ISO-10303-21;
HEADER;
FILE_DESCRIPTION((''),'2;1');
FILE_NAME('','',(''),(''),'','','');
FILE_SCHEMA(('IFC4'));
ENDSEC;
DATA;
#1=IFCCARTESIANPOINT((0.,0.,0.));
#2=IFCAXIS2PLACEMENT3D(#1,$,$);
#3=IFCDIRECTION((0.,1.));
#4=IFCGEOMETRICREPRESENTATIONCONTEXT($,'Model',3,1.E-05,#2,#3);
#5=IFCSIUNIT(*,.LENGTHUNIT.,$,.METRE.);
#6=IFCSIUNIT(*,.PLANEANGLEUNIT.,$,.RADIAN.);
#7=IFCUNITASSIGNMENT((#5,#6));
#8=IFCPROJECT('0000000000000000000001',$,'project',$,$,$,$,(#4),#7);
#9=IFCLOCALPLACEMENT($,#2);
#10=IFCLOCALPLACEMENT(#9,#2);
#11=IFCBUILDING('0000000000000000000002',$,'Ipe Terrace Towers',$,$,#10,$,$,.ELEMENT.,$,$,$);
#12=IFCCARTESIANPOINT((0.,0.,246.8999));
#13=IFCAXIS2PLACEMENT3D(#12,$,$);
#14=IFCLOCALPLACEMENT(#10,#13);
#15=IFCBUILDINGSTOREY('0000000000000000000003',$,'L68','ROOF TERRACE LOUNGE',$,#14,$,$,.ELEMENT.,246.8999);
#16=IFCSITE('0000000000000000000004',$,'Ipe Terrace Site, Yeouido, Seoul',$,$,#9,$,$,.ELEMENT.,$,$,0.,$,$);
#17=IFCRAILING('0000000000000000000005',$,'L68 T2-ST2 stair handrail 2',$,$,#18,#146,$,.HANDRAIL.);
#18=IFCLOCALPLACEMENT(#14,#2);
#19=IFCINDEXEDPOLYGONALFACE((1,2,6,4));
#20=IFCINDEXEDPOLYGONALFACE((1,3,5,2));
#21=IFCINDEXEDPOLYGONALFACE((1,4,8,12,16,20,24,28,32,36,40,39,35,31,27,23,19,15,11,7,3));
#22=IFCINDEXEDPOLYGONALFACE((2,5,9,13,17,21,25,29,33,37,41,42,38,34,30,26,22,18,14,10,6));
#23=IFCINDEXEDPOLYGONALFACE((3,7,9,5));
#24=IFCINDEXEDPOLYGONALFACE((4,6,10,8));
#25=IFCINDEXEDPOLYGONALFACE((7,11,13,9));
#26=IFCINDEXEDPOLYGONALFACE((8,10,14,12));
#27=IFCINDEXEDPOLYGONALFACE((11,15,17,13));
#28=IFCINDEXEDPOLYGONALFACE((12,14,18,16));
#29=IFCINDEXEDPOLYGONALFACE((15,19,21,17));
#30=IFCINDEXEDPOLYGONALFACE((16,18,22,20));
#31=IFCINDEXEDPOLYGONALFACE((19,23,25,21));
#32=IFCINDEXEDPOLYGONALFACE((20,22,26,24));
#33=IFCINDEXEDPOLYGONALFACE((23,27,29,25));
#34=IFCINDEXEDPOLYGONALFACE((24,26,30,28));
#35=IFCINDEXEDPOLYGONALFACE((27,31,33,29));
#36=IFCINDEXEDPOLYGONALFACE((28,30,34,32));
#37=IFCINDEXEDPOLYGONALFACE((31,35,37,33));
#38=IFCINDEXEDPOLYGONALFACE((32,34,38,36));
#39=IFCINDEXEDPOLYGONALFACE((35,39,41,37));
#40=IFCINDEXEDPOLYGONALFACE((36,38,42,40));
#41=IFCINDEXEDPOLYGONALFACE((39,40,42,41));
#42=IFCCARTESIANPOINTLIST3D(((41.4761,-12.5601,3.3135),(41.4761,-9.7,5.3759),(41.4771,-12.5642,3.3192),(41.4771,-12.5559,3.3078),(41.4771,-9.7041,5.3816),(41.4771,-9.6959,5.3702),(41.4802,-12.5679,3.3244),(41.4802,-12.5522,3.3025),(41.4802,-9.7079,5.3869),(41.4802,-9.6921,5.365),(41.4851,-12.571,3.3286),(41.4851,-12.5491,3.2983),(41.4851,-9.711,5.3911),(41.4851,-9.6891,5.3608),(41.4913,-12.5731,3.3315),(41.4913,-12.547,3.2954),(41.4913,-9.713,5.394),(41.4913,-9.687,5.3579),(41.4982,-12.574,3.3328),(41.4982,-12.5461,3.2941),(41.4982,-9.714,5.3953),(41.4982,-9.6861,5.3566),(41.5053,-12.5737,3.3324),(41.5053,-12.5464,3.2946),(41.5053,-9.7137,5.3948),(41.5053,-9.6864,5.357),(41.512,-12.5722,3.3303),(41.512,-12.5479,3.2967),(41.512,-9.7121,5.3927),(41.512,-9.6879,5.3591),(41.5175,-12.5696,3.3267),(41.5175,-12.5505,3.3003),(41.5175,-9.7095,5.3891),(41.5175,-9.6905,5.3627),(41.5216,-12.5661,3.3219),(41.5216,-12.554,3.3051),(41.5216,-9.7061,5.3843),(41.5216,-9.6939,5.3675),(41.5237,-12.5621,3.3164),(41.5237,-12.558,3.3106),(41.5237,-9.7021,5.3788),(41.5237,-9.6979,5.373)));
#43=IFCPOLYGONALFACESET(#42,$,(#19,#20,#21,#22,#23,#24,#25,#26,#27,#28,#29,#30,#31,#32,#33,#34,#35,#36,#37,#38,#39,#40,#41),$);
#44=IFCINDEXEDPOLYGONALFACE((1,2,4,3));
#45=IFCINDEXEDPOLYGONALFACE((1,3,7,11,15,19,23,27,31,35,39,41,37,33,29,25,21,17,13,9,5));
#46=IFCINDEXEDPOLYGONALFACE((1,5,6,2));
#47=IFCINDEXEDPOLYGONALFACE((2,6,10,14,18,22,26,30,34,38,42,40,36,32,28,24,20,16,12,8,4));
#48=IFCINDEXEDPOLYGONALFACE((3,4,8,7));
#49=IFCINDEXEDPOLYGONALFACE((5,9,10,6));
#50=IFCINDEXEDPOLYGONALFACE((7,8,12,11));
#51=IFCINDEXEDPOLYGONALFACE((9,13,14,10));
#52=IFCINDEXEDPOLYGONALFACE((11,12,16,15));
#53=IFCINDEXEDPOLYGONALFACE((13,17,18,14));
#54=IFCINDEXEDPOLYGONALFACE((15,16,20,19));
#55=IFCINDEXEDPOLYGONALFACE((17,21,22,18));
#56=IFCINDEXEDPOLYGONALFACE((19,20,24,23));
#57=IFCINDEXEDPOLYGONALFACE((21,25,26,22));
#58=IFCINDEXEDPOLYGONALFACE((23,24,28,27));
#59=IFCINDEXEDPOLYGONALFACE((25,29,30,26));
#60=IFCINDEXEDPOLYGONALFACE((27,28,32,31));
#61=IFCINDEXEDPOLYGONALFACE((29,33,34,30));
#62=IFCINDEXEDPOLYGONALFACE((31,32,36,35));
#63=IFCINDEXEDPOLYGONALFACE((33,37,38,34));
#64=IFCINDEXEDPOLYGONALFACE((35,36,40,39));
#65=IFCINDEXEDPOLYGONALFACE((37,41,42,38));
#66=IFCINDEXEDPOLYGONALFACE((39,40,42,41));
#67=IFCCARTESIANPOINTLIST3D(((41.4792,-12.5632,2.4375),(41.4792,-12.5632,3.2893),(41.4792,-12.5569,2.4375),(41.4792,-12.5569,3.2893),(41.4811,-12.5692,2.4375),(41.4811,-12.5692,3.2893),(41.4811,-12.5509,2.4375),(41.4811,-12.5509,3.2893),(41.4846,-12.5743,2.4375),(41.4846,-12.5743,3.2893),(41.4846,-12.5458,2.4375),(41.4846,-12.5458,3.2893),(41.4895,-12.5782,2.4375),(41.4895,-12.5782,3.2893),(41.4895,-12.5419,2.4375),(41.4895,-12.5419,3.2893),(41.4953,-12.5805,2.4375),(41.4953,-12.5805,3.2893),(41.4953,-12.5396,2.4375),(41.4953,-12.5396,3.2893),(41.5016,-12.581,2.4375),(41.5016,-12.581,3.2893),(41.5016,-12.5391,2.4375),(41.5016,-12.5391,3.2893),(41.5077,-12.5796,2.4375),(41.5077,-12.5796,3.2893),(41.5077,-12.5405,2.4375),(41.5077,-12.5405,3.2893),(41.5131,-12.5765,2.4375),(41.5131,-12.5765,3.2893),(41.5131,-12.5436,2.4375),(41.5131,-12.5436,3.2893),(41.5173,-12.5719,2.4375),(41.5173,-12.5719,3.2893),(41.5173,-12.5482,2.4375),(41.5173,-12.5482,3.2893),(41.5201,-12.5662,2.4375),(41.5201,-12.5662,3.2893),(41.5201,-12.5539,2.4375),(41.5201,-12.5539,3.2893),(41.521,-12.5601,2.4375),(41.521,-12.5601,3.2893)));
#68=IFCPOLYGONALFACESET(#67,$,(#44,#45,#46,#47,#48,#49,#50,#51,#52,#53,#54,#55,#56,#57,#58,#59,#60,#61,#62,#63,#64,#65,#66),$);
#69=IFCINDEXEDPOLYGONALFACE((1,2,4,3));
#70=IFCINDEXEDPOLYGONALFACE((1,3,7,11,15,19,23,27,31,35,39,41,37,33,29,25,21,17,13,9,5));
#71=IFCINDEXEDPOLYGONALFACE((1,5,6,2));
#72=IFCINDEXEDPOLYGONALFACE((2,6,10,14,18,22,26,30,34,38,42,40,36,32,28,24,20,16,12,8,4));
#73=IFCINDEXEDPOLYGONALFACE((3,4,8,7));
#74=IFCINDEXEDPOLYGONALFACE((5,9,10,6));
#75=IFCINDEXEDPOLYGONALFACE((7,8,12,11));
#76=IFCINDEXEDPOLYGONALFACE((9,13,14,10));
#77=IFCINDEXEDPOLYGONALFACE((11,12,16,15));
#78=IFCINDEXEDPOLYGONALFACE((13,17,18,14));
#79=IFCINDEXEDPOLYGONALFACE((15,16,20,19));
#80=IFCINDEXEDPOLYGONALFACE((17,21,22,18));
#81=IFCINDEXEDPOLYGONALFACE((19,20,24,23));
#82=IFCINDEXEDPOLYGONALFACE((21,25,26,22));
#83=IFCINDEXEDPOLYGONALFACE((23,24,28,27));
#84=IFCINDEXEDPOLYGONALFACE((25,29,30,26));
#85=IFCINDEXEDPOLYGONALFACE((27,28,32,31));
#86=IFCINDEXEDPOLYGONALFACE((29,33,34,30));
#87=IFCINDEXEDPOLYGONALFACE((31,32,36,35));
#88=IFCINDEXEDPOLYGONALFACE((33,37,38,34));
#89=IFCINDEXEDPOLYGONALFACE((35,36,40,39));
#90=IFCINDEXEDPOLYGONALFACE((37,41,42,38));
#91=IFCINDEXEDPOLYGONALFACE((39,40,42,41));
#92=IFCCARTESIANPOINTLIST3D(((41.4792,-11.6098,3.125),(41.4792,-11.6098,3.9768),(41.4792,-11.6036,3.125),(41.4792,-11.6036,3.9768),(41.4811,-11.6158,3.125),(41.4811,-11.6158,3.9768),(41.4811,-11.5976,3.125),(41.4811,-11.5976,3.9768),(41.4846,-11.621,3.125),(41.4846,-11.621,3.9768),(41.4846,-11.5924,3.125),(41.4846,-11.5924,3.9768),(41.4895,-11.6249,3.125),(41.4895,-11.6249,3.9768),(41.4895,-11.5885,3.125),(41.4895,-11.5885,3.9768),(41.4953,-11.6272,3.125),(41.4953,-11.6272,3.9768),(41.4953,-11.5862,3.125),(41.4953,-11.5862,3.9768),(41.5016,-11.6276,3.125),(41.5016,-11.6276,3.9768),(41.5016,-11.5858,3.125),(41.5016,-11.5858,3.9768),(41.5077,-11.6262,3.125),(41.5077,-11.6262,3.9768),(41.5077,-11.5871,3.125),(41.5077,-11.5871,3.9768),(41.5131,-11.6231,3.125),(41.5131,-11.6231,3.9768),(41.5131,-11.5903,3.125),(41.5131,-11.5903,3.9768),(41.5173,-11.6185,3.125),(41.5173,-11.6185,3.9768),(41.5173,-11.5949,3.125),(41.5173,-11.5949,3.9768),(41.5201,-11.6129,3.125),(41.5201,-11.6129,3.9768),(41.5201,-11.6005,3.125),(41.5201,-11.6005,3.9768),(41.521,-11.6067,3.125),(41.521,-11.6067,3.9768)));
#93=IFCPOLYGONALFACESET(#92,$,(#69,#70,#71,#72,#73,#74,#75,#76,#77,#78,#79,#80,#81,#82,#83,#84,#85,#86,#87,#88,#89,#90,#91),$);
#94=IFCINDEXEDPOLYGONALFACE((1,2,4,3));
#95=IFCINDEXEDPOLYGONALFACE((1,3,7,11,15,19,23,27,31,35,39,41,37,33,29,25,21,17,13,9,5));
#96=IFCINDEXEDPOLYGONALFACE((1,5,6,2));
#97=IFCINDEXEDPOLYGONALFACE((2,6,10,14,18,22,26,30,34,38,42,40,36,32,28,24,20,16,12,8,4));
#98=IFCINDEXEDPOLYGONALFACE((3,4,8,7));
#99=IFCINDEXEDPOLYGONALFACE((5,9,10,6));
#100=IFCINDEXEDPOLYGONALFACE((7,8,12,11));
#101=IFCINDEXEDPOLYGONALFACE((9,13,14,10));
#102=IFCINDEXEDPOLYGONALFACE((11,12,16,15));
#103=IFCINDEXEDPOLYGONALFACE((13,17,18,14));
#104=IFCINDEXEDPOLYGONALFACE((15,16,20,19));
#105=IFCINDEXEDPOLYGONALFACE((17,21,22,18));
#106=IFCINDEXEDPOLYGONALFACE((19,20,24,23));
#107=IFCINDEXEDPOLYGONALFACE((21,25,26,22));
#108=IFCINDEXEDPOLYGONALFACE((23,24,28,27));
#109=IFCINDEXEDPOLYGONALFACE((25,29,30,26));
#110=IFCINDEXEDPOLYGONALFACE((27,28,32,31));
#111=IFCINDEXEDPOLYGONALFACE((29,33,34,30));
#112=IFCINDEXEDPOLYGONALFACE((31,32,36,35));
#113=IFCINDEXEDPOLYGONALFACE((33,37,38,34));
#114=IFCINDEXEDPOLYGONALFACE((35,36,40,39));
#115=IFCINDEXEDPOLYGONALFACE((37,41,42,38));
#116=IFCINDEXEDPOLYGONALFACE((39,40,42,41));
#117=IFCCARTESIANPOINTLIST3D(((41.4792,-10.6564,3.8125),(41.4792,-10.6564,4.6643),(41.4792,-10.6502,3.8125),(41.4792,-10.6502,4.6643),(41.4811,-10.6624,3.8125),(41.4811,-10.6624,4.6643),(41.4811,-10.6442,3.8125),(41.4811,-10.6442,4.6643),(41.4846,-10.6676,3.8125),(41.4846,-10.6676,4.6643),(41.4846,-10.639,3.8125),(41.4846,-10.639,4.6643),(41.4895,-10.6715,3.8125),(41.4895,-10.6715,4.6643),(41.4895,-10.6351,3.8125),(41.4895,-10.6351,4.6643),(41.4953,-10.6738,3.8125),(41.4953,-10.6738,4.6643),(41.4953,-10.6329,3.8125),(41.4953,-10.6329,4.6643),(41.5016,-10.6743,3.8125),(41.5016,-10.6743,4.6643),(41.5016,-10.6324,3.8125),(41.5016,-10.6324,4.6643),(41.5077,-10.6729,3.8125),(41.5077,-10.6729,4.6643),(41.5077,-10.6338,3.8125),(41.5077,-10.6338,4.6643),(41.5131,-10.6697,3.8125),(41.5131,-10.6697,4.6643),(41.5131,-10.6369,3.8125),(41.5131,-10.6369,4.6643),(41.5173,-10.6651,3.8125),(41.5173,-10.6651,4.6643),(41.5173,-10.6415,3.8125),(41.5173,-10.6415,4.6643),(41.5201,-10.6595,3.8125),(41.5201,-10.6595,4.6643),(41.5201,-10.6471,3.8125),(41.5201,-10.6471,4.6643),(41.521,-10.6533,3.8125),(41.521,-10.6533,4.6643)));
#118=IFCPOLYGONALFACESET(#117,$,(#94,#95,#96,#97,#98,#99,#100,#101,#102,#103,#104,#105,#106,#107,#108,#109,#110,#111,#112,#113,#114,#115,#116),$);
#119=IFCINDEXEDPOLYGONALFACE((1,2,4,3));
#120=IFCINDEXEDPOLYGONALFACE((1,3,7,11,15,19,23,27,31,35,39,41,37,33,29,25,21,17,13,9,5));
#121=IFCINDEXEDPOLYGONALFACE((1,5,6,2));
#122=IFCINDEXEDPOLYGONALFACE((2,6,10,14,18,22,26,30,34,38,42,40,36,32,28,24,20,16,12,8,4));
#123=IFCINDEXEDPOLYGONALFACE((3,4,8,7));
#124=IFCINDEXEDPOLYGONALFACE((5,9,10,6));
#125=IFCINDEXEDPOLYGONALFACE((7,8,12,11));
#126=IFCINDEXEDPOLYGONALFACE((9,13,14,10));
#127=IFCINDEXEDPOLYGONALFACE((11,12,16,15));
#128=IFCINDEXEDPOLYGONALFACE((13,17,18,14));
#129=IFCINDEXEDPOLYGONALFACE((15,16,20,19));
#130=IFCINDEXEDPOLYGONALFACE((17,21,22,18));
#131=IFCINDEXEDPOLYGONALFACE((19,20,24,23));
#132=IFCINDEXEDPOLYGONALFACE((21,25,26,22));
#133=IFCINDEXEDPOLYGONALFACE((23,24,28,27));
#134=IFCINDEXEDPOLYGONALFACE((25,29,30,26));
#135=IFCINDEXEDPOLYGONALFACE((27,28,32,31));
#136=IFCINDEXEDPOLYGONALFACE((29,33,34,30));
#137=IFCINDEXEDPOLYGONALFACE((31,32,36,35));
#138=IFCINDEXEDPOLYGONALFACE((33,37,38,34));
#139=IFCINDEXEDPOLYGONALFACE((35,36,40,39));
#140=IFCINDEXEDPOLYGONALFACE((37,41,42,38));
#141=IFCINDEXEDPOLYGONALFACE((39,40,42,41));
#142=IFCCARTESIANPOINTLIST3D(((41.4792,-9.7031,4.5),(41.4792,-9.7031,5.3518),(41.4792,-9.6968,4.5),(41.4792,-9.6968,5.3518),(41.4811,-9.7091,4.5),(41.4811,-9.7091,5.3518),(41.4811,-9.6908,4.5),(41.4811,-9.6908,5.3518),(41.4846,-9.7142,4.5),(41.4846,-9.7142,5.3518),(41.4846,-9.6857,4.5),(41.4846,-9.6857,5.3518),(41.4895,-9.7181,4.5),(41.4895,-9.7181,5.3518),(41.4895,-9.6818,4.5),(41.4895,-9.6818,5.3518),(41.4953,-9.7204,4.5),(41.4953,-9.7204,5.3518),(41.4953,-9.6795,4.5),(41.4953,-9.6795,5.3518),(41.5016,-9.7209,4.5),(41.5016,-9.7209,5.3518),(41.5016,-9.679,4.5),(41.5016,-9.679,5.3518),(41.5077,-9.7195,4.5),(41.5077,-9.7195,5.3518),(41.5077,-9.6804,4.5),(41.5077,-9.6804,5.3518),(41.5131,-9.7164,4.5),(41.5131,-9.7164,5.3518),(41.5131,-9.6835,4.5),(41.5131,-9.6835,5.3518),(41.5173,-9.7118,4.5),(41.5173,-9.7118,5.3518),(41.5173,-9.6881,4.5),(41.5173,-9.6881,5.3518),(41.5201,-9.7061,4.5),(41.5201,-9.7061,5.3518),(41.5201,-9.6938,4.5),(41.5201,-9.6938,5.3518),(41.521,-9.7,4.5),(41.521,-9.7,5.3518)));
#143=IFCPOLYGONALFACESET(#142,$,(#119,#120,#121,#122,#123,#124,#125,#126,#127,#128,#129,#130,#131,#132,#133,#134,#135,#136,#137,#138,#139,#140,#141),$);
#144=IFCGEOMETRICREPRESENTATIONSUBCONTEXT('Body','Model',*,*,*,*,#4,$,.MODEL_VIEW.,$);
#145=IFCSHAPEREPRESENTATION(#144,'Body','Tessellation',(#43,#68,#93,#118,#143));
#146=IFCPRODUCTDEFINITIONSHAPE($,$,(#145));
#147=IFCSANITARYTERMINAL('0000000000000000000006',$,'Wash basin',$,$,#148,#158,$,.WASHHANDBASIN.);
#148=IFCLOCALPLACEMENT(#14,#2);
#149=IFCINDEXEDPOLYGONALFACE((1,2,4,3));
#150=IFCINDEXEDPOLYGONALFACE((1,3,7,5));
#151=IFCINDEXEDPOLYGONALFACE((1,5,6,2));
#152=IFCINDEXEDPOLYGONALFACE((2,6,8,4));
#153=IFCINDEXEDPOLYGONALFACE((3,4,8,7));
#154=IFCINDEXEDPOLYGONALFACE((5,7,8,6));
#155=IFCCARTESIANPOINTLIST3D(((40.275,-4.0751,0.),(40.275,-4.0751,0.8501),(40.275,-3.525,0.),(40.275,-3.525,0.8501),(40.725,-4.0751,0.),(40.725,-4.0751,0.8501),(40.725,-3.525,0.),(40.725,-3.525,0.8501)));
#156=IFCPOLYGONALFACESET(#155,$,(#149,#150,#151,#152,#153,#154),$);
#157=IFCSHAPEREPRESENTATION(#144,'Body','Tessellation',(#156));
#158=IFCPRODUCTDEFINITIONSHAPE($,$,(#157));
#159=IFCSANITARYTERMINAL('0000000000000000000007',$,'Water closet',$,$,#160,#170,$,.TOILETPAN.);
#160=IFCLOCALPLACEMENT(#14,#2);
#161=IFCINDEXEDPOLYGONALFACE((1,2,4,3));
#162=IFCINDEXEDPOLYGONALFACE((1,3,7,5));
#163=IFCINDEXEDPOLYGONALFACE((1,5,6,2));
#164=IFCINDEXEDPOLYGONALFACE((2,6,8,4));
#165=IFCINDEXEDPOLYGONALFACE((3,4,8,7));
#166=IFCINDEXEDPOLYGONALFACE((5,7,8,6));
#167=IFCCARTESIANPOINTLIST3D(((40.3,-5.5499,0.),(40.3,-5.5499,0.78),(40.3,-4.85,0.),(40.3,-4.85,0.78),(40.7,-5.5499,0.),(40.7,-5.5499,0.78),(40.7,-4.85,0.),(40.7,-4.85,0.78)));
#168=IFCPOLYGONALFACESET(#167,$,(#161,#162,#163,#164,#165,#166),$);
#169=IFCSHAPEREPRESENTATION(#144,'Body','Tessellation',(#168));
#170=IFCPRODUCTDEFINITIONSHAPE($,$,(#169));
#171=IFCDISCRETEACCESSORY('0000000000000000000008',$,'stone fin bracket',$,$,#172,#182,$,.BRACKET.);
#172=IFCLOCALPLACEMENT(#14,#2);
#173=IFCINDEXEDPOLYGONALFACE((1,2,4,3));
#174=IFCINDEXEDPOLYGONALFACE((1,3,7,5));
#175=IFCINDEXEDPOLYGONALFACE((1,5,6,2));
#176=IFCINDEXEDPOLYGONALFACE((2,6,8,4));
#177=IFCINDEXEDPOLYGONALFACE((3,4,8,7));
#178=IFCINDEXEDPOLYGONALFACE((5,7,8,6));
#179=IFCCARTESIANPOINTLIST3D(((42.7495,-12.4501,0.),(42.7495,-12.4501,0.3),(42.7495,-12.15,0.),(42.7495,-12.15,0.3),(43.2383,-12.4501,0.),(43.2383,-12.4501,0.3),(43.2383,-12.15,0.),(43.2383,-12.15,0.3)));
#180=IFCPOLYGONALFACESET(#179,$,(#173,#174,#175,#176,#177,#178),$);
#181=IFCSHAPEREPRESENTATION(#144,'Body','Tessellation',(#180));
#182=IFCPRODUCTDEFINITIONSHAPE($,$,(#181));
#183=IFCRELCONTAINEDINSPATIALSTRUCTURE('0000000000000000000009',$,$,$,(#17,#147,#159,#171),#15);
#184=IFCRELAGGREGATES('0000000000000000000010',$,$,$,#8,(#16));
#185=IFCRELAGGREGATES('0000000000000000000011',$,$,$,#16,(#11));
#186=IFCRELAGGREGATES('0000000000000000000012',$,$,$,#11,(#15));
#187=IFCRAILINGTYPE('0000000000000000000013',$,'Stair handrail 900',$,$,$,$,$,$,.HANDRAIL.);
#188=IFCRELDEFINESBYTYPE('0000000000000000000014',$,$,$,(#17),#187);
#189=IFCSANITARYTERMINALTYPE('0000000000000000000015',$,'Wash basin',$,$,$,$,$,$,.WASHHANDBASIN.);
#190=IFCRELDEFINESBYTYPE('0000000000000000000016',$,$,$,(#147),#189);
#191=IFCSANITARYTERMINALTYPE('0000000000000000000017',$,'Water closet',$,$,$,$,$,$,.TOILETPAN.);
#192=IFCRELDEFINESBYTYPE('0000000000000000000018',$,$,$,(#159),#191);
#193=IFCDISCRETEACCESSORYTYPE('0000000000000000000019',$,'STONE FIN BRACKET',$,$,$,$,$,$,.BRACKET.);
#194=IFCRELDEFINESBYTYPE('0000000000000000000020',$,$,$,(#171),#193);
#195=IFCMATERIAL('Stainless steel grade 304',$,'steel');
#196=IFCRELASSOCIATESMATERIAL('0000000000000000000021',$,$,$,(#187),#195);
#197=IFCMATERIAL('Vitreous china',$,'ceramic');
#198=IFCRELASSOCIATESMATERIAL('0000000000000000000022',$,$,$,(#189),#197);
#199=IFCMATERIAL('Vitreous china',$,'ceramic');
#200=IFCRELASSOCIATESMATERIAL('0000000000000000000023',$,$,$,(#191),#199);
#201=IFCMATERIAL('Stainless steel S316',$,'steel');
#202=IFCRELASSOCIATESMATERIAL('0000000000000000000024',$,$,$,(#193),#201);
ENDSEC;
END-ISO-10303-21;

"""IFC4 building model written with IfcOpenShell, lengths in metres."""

from ifc_helpers import new_model, si_unit, direction, frame, origin, origin_2d, place, context, subcontext, project, spatial, rectangle, circle, extrude, material, type_object, element, save


model = new_model("IFC4")

# Units and contexts
model_context = context("Model", 3, precision=1e-05, world=origin(), true_north=direction((0.0, 1.0)))
body_context = subcontext(model_context, "Body", "Model", "MODEL_VIEW")
ifc_project = project(units=[si_unit("LENGTHUNIT", "METRE"), si_unit("PLANEANGLEUNIT", "RADIAN")], contexts=[model_context])

# Site, building, storey
site_placement = place(None, origin())
site = spatial("IfcSite", under=ifc_project, at=site_placement, Name="Ipe Terrace Site, Yeouido, Seoul", CompositionType="ELEMENT", RefElevation=0.0)
building_placement = place(site_placement, origin())
building = spatial("IfcBuilding", under=site, at=building_placement, Name="Ipe Terrace Towers", CompositionType="ELEMENT")
storey_placement = place(building_placement, frame((0.0, 0.0, 246.8999)))
storey = spatial("IfcBuildingStorey", under=building, at=storey_placement, Name="L68", Description="ROOF TERRACE LOUNGE", CompositionType="ELEMENT", Elevation=246.8999)

# Railing
ifc_material_1 = material(Name="Stainless steel grade 304", Category="steel")
railing_type_1 = type_object("IfcRailingType", Name="Stair handrail 900", PredefinedType="HANDRAIL", material=ifc_material_1)
railing_1_placement = place(storey_placement, frame((41.5, -12.5601, 2.4375)))
element("IfcRailing", 1, at=railing_1_placement, inside=storey, type_object=railing_type_1, Name="L68 T2-ST2 stair handrail 2", PredefinedType="HANDRAIL", context=body_context, shape_type="SweptSolid", body=[
    extrude(circle(Radius=0.0239, at=origin_2d()), frame((0.0, 0.0, 0.876), z_axis=(0.0, 0.811101, 0.584906), x_axis=(-1.0, 0.0, 0.0)), (0.0, 0.0, 1.0), 3.5261),
    extrude(circle(Radius=0.021, at=origin_2d()), origin(), (0.0, 0.0, 1.0), 0.8518),
    extrude(circle(Radius=0.021, at=origin_2d()), frame((0.0, 0.9534, 0.6875)), (0.0, 0.0, 1.0), 0.8518),
    extrude(circle(Radius=0.021, at=origin_2d()), frame((0.0, 1.9067, 1.375)), (0.0, 0.0, 1.0), 0.8518),
    extrude(circle(Radius=0.021, at=origin_2d()), frame((0.0, 2.8601, 2.0625)), (0.0, 0.0, 1.0), 0.8518),
])

# Sanitary terminals
ifc_material_2 = material(Name="Vitreous china", Category="ceramic")
sanitary_terminal_type_1 = type_object("IfcSanitaryTerminalType", Name="Wash basin", PredefinedType="WASHHANDBASIN", material=ifc_material_2)
sanitary_terminal_1_placement = place(storey_placement, frame((40.5, -3.8, 0.0), z_axis=(0.0, 0.0, 1.0), x_axis=(0.0, 1.0, 0.0)))
element("IfcSanitaryTerminal", 2, at=sanitary_terminal_1_placement, inside=storey, type_object=sanitary_terminal_type_1, Name="Wash basin", PredefinedType="WASHHANDBASIN", context=body_context, shape_type="SweptSolid", body=[
    extrude(rectangle(XDim=0.55, YDim=0.45, at=origin_2d()), origin(), (0.0, 0.0, 1.0), 0.8501),
])
ifc_material_3 = material(Name="Vitreous china", Category="ceramic")
sanitary_terminal_type_2 = type_object("IfcSanitaryTerminalType", Name="Water closet", PredefinedType="TOILETPAN", material=ifc_material_3)
sanitary_terminal_2_placement = place(storey_placement, frame((40.5, -5.2, 0.0), z_axis=(0.0, 0.0, 1.0), x_axis=(0.0, 1.0, 0.0)))
element("IfcSanitaryTerminal", 3, at=sanitary_terminal_2_placement, inside=storey, type_object=sanitary_terminal_type_2, Name="Water closet", PredefinedType="TOILETPAN", context=body_context, shape_type="SweptSolid", body=[
    extrude(rectangle(XDim=0.7, YDim=0.3999, at=origin_2d()), origin(), (0.0, 0.0, 1.0), 0.78),
])

# Discrete accessory
ifc_material_4 = material(Name="Stainless steel S316", Category="steel")
discrete_accessory_type = type_object("IfcDiscreteAccessoryType", Name="STONE FIN BRACKET", PredefinedType="BRACKET", material=ifc_material_4)
discrete_accessory_placement = place(storey_placement, frame((42.9939, -12.3, 0.0), z_axis=(0.0, 0.0, 1.0), x_axis=(0.0, 1.0, 0.0)))
element("IfcDiscreteAccessory", 4, at=discrete_accessory_placement, inside=storey, type_object=discrete_accessory_type, Name="stone fin bracket", PredefinedType="BRACKET", context=body_context, shape_type="SweptSolid", body=[
    extrude(rectangle(XDim=0.3, YDim=0.4888, at=origin_2d()), origin(), (0.0, 0.0, 1.0), 0.3),
])

save(model, "model.ifc")
